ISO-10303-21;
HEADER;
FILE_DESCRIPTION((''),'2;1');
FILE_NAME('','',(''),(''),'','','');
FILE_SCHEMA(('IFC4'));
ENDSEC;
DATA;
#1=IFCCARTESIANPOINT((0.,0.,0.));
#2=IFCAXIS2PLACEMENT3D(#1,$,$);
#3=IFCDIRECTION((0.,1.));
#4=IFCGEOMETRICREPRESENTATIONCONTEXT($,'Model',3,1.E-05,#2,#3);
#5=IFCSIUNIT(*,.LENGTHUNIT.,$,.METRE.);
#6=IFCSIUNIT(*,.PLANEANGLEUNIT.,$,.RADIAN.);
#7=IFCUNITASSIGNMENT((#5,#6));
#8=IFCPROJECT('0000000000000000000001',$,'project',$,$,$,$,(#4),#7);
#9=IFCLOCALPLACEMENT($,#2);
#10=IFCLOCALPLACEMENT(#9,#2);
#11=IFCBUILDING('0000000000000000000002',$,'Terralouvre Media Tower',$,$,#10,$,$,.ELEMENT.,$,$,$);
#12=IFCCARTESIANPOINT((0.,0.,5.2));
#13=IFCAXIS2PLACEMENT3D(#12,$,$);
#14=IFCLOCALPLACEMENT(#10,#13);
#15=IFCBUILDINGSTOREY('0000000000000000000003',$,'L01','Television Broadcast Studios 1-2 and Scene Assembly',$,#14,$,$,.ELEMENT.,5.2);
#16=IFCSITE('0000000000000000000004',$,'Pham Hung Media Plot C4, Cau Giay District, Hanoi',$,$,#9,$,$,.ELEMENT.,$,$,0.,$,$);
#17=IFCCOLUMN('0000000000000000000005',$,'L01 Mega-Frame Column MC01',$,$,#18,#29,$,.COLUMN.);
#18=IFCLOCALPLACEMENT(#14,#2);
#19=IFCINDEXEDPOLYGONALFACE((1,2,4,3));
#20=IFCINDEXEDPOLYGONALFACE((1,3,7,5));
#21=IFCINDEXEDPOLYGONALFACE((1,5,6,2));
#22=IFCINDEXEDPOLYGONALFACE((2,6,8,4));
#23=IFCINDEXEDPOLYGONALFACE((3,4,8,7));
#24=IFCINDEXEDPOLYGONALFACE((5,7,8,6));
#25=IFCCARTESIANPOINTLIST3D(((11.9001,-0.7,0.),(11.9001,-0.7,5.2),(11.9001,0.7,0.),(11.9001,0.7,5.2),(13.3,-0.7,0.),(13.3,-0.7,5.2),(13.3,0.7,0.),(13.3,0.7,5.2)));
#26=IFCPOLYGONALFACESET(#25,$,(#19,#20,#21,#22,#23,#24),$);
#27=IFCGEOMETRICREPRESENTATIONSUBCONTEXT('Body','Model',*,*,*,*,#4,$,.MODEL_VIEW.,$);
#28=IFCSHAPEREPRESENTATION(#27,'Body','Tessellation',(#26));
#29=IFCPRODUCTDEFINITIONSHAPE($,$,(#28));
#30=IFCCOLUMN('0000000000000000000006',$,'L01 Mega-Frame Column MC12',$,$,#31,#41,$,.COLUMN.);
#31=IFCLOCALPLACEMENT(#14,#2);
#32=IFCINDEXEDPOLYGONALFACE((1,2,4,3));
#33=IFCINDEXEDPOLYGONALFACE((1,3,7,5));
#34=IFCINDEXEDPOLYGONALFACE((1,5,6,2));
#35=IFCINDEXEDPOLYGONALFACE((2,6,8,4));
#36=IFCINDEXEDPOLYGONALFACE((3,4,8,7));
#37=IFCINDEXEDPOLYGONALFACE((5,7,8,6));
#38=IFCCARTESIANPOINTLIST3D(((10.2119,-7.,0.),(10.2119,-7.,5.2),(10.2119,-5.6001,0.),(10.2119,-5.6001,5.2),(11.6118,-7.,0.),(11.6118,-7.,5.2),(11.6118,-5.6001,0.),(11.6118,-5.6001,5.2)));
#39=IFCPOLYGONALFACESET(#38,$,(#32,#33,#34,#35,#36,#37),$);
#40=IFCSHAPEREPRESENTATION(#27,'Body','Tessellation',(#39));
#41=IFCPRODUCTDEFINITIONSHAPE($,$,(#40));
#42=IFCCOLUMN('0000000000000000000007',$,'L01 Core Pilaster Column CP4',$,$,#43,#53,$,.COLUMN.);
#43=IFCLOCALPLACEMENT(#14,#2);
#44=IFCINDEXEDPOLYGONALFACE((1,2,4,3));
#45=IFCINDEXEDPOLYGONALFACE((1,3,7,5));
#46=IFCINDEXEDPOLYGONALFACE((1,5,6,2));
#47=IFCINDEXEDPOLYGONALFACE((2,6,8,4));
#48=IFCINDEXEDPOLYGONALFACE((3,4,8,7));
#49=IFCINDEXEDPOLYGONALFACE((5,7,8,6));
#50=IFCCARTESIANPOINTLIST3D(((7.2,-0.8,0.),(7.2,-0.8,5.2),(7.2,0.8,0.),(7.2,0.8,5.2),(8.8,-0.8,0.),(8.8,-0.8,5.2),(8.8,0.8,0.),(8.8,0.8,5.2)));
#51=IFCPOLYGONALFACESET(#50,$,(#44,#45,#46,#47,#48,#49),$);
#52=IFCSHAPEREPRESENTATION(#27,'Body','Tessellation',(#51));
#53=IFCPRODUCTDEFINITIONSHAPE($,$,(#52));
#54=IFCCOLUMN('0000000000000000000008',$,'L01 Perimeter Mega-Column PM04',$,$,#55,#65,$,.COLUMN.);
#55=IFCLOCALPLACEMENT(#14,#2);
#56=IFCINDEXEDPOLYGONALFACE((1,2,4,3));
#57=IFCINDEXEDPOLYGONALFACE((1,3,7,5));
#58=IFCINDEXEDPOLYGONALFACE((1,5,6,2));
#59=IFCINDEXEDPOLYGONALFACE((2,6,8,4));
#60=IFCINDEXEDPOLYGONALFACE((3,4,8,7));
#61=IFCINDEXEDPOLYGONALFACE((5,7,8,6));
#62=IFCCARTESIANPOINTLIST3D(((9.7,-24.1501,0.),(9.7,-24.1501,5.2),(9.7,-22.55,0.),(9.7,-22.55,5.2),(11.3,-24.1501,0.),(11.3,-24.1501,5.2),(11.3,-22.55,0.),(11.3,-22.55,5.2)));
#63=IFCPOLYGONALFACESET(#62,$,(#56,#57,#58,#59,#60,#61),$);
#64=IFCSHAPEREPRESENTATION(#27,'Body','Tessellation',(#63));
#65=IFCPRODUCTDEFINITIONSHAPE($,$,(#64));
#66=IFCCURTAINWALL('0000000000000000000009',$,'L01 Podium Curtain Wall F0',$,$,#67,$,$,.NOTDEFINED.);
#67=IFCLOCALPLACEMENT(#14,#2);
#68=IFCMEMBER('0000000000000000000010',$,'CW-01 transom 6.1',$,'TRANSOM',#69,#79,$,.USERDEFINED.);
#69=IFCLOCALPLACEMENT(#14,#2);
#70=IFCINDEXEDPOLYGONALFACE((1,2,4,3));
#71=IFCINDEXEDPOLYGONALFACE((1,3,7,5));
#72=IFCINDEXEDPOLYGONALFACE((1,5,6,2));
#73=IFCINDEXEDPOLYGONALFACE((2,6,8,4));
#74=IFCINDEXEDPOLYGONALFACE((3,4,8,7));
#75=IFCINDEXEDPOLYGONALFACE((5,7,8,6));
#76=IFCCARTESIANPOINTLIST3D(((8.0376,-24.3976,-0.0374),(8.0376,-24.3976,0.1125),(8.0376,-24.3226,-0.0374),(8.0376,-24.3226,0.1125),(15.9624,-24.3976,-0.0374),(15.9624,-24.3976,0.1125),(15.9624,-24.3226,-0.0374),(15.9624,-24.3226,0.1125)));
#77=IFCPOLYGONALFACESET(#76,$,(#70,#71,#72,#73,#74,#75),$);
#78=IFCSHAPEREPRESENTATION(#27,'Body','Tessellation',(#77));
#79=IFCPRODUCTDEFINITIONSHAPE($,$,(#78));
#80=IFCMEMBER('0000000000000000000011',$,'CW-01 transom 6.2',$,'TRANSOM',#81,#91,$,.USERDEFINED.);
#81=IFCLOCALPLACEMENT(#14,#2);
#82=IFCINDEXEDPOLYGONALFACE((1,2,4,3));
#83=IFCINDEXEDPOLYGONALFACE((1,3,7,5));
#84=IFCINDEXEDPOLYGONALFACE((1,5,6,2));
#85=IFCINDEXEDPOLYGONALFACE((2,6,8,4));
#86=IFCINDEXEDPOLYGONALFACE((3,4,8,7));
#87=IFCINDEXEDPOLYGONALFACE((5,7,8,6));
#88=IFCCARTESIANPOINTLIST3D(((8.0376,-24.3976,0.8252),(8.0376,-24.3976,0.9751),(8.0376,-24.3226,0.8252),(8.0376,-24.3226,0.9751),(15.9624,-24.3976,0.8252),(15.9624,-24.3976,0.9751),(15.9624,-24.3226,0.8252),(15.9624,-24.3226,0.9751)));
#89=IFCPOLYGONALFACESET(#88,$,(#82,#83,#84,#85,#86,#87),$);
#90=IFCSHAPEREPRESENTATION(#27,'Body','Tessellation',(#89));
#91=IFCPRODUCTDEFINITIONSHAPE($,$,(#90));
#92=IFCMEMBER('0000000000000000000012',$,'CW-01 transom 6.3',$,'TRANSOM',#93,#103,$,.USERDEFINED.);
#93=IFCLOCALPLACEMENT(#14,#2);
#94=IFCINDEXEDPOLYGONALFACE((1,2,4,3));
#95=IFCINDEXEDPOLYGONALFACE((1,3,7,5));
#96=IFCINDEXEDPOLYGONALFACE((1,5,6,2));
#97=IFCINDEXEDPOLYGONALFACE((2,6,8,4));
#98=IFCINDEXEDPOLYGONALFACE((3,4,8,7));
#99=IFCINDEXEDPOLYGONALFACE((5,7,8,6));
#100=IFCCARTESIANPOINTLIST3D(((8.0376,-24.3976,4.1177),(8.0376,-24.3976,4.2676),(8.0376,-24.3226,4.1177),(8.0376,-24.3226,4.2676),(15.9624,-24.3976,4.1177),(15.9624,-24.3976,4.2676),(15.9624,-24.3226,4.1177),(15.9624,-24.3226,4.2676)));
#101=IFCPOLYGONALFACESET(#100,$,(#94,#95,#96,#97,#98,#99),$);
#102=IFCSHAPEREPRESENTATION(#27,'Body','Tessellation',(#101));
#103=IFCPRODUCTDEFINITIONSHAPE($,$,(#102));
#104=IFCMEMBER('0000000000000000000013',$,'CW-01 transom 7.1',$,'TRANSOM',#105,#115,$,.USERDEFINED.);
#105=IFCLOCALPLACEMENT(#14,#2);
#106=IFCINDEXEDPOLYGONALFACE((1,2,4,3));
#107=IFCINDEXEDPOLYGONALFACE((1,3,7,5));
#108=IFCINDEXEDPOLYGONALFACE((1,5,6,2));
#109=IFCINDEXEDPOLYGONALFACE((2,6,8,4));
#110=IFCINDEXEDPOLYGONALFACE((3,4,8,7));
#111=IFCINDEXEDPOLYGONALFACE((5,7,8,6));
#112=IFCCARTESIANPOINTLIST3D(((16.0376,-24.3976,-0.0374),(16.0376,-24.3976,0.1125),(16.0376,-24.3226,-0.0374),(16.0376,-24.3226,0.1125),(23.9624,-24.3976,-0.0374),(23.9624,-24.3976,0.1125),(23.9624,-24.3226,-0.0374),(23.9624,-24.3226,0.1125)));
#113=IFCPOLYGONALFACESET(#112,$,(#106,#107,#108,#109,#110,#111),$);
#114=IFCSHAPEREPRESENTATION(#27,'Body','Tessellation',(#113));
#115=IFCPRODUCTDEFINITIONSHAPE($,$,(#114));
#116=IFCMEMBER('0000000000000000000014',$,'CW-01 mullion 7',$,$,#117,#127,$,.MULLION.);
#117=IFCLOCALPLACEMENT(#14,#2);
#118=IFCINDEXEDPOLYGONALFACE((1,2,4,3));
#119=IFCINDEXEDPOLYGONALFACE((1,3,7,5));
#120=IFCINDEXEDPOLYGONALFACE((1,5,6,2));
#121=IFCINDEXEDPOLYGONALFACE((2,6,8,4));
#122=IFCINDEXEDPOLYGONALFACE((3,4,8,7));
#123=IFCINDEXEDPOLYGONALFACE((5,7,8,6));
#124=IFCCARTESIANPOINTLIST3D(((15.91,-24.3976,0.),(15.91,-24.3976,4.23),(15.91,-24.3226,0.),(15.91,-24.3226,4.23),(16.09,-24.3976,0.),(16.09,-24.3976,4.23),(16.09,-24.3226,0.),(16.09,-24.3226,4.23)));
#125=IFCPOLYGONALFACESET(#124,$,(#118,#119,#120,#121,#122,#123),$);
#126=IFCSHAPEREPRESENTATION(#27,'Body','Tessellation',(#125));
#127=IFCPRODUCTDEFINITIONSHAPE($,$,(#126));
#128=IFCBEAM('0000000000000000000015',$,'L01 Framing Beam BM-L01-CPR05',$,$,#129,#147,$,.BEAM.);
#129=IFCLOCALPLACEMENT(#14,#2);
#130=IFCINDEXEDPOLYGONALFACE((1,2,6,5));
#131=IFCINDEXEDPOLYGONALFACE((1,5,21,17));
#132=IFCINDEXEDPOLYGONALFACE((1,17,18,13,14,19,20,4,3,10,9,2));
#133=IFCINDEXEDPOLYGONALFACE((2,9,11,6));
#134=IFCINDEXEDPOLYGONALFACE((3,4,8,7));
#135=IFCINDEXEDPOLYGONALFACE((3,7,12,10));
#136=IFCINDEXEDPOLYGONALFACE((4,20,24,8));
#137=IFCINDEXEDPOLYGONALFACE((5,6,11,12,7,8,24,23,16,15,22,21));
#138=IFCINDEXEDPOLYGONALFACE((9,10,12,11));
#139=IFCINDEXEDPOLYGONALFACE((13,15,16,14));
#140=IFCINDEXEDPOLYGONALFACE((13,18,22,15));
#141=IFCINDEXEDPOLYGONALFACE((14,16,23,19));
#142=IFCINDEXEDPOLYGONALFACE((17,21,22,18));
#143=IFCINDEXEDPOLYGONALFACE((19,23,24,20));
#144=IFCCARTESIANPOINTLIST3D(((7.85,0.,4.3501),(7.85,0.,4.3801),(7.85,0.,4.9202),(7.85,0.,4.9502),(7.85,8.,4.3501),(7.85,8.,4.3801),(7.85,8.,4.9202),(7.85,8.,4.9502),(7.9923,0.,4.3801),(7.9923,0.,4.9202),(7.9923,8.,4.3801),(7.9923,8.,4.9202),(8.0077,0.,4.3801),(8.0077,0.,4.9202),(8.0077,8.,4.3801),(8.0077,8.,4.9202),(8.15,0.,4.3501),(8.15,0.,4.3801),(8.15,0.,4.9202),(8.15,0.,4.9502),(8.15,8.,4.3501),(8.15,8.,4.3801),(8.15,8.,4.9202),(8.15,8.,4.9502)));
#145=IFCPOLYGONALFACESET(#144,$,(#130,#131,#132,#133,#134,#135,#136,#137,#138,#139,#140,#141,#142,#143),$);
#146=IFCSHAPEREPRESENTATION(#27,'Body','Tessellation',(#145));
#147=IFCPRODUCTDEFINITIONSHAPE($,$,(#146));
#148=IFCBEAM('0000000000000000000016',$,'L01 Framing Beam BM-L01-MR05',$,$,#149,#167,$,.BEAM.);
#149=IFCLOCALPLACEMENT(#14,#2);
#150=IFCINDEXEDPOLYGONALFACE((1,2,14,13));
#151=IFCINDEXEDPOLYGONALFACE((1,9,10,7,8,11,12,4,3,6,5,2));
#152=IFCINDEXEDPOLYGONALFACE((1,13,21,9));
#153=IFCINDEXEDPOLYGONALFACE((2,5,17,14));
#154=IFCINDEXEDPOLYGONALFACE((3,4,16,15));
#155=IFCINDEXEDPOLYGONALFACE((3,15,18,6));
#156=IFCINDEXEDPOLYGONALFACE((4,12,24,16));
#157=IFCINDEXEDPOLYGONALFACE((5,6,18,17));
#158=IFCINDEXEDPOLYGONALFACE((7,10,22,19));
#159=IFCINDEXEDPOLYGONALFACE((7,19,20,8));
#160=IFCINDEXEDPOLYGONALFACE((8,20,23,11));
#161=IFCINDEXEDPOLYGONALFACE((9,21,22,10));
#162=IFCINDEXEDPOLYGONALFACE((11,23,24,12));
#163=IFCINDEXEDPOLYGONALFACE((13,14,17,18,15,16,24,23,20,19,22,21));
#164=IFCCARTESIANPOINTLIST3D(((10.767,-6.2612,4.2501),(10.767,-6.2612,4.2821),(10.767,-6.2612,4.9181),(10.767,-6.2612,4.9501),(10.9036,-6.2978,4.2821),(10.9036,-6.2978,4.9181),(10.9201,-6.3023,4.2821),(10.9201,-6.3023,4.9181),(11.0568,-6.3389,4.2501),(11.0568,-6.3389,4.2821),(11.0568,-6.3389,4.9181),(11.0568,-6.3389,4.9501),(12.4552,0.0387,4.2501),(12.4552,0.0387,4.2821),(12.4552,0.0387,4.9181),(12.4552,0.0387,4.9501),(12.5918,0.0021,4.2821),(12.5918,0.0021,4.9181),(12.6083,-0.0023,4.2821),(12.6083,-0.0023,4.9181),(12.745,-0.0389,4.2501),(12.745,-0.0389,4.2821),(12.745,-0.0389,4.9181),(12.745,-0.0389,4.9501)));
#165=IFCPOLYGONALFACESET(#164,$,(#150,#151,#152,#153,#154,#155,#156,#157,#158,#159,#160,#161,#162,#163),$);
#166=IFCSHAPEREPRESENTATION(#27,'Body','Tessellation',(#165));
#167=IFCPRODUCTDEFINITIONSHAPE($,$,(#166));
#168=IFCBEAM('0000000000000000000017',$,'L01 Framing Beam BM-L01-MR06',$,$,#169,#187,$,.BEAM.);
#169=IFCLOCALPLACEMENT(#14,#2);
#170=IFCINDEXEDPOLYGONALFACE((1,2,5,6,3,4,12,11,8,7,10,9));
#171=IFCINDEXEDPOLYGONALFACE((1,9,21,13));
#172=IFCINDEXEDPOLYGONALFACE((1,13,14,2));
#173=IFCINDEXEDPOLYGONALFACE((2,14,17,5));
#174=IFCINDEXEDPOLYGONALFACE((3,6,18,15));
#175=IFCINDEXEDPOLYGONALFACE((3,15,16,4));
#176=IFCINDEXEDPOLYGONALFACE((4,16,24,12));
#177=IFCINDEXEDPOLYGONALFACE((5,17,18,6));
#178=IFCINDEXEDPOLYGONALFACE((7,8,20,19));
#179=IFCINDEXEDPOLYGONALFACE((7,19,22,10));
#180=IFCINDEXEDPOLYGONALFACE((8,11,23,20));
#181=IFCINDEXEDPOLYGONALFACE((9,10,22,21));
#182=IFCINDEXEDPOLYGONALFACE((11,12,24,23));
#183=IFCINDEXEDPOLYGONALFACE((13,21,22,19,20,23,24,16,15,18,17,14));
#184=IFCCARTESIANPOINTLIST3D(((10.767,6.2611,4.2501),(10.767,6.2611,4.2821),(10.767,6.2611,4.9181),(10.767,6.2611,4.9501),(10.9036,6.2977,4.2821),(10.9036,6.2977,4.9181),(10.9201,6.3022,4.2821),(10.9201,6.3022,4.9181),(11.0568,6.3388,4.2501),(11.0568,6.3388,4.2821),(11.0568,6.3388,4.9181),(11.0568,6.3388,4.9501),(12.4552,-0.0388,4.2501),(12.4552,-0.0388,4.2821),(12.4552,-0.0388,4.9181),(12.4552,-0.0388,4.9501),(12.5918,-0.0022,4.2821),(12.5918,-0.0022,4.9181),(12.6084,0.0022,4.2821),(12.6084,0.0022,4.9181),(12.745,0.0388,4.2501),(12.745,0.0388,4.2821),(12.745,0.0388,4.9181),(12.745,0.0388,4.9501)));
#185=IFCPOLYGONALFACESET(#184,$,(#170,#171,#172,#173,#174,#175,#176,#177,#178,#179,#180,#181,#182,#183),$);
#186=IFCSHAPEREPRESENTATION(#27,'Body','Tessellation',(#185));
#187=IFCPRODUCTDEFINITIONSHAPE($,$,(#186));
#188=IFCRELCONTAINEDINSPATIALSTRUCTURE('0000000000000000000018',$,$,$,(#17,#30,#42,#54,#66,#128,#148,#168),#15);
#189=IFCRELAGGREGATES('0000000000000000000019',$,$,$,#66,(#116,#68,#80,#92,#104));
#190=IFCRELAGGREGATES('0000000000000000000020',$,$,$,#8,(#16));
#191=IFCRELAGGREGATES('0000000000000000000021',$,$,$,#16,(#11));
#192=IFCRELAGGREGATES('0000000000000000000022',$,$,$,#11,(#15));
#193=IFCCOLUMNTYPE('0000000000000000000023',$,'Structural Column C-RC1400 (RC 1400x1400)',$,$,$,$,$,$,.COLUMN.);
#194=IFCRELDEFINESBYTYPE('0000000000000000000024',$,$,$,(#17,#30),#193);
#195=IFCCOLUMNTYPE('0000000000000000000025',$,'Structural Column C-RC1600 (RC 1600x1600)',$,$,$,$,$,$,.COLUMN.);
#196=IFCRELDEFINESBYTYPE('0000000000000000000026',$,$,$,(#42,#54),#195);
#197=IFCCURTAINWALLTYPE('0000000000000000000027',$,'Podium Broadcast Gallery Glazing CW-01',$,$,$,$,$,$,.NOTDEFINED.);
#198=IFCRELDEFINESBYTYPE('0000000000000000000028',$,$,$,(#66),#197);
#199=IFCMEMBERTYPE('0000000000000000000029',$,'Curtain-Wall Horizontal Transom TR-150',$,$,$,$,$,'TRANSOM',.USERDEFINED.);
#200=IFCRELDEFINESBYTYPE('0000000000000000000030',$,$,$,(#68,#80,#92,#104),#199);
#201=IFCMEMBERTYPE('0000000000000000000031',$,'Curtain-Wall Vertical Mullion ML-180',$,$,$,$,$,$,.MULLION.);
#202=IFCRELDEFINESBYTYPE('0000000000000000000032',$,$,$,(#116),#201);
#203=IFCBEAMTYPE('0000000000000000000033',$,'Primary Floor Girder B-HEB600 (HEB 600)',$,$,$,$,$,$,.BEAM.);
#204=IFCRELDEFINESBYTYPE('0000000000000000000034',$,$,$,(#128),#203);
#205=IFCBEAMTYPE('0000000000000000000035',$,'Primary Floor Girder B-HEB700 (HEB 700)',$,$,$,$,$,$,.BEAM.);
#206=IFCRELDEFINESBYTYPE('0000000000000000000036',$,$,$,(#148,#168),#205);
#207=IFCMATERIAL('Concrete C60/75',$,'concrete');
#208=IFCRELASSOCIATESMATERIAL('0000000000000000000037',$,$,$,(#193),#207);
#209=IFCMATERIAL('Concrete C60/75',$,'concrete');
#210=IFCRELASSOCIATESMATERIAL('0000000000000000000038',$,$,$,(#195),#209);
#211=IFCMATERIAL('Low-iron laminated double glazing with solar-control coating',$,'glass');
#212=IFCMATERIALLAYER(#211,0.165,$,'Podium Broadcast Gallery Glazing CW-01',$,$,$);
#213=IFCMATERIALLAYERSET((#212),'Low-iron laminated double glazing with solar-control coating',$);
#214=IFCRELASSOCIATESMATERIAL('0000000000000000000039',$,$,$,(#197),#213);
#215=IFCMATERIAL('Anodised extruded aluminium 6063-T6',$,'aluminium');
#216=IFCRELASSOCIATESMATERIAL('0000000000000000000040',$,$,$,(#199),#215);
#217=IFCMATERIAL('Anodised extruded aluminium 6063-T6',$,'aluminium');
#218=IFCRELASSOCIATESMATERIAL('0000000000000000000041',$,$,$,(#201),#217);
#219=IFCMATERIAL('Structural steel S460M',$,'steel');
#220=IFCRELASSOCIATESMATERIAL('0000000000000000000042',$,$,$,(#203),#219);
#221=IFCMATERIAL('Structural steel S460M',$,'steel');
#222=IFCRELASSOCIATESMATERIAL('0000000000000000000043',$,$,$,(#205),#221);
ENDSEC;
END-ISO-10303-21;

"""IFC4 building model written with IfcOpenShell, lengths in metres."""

from ifc_helpers import new_model, si_unit, direction, frame, origin, origin_2d, place, context, subcontext, project, spatial, rectangle, i_section, extrude, material, layer, layer_set, material_profile, profile_set, type_object, element, aggregate, save


model = new_model("IFC4")

# Units and contexts
model_context = context("Model", 3, precision=1e-05, world=origin(), true_north=direction((0.0, 1.0)))
body_context = subcontext(model_context, "Body", "Model", "MODEL_VIEW")
ifc_project = project(units=[si_unit("LENGTHUNIT", "METRE"), si_unit("PLANEANGLEUNIT", "RADIAN")], contexts=[model_context])

# Site, building, storey
site_placement = place(None, origin())
site = spatial("IfcSite", under=ifc_project, at=site_placement, Name="Pham Hung Media Plot C4, Cau Giay District, Hanoi", CompositionType="ELEMENT", RefElevation=0.0)
building_placement = place(site_placement, origin())
building = spatial("IfcBuilding", under=site, at=building_placement, Name="Terralouvre Media Tower", CompositionType="ELEMENT")
storey_placement = place(building_placement, frame((0.0, 0.0, 5.2)))
storey = spatial("IfcBuildingStorey", under=building, at=storey_placement, Name="L01", Description="Television Broadcast Studios 1-2 and Scene Assembly", CompositionType="ELEMENT", Elevation=5.2)

# Columns
ifc_material_1 = material(Name="Concrete C60/75", Category="concrete")
ifc_material_profile_1 = material_profile(ifc_material_1, rectangle(XDim=1.3999, YDim=1.3999, at=origin_2d()), Name="RC 1400x1400")
ifc_profile_set_1 = profile_set([ifc_material_profile_1], Name="Concrete C60/75")
column_type_1 = type_object("IfcColumnType", Name="Structural Column C-RC1400 (RC 1400x1400)", PredefinedType="COLUMN", material=ifc_profile_set_1)
for number, where, z_axis, x_axis, name in (
    (1, (12.6001, 0.0, 0.0), (0.0, 0.0, 1.0), (1.0, 0.0, 0.0), "L01 Mega-Frame Column MC01"),
    (2, (10.9119, -6.3, 0.0), (0.0, 0.0, 1.0), (1.0, 0.0, 0.0), "L01 Mega-Frame Column MC12"),
):
    element("IfcColumn", number, at=place(storey_placement, frame(where, z_axis=z_axis, x_axis=x_axis)), inside=storey, type_object=column_type_1, Name=name, PredefinedType="COLUMN", context=body_context, shape_type="SweptSolid", body=[
        extrude(rectangle(XDim=1.3999, YDim=1.3999, at=origin_2d()), origin(), (0.0, 0.0, 1.0), 5.2),
    ])
ifc_material_2 = material(Name="Concrete C60/75", Category="concrete")
ifc_material_profile_2 = material_profile(ifc_material_2, rectangle(XDim=1.6001, YDim=1.6001, at=origin_2d()), Name="RC 1600x1600")
ifc_profile_set_2 = profile_set([ifc_material_profile_2], Name="Concrete C60/75")
column_type_2 = type_object("IfcColumnType", Name="Structural Column C-RC1600 (RC 1600x1600)", PredefinedType="COLUMN", material=ifc_profile_set_2)
for number, where, z_axis, x_axis, name in (
    (3, (8.0, 0.0, 0.0), (0.0, 0.0, 1.0), (1.0, 0.0, 0.0), "L01 Core Pilaster Column CP4"),
    (4, (10.5, -23.3501, 0.0), (0.0, 0.0, 1.0), (1.0, 0.0, 0.0), "L01 Perimeter Mega-Column PM04"),
):
    element("IfcColumn", number, at=place(storey_placement, frame(where, z_axis=z_axis, x_axis=x_axis)), inside=storey, type_object=column_type_2, Name=name, PredefinedType="COLUMN", context=body_context, shape_type="SweptSolid", body=[
        extrude(rectangle(XDim=1.6001, YDim=1.6001, at=origin_2d()), origin(), (0.0, 0.0, 1.0), 5.2),
    ])

# Curtain wall, members
ifc_material_3 = material(Name="Low-iron laminated double glazing with solar-control coating", Category="glass")
ifc_layer_1 = layer(ifc_material_3, 0.165, Name="Podium Broadcast Gallery Glazing CW-01")
ifc_layer_set_1 = layer_set([ifc_layer_1], Name="Low-iron laminated double glazing with solar-control coating")
curtain_wall_type = type_object("IfcCurtainWallType", Name="Podium Broadcast Gallery Glazing CW-01", PredefinedType="NOTDEFINED", material=ifc_layer_set_1)
curtain_wall_placement = place(storey_placement, origin())
curtain_wall = element("IfcCurtainWall", 5, at=curtain_wall_placement, inside=storey, type_object=curtain_wall_type, Name="L01 Podium Curtain Wall F0", PredefinedType="NOTDEFINED")
ifc_material_4 = material(Name="Anodised extruded aluminium 6063-T6", Category="aluminium")
ifc_material_profile_3 = material_profile(ifc_material_4, rectangle(XDim=0.075, YDim=0.1499, at=origin_2d()), Name="ALU 75x150")
ifc_profile_set_3 = profile_set([ifc_material_profile_3], Name="Anodised extruded aluminium 6063-T6")
member_type_1 = type_object("IfcMemberType", Name="Curtain-Wall Horizontal Transom TR-150", ElementType="TRANSOM", PredefinedType="USERDEFINED", material=ifc_profile_set_3)
member_1_placement = place(storey_placement, frame((8.0376, -24.3601, 0.0376), z_axis=(1.0, 0.0, 0.0), x_axis=(0.0, 1.0, 0.0)))
member_1 = element("IfcMember", 6, at=member_1_placement, type_object=member_type_1, Name="CW-01 transom 6.1", ObjectType="TRANSOM", PredefinedType="USERDEFINED", context=body_context, shape_type="SweptSolid", body=[
    extrude(rectangle(XDim=0.075, YDim=0.1499, at=origin_2d()), origin(), (0.0, 0.0, 1.0), 7.9248),
])
member_2_placement = place(storey_placement, frame((8.0376, -24.3601, 0.9001), z_axis=(1.0, 0.0, 0.0), x_axis=(0.0, 1.0, 0.0)))
member_2 = element("IfcMember", 7, at=member_2_placement, type_object=member_type_1, Name="CW-01 transom 6.2", ObjectType="TRANSOM", PredefinedType="USERDEFINED", context=body_context, shape_type="SweptSolid", body=[
    extrude(rectangle(XDim=0.075, YDim=0.1499, at=origin_2d()), origin(), (0.0, 0.0, 1.0), 7.9248),
])
member_3_placement = place(storey_placement, frame((8.0376, -24.3601, 4.1926), z_axis=(1.0, 0.0, 0.0), x_axis=(0.0, 1.0, 0.0)))
member_3 = element("IfcMember", 8, at=member_3_placement, type_object=member_type_1, Name="CW-01 transom 6.3", ObjectType="TRANSOM", PredefinedType="USERDEFINED", context=body_context, shape_type="SweptSolid", body=[
    extrude(rectangle(XDim=0.075, YDim=0.1499, at=origin_2d()), origin(), (0.0, 0.0, 1.0), 7.9248),
])
member_4_placement = place(storey_placement, frame((16.0376, -24.3601, 0.0376), z_axis=(1.0, 0.0, 0.0), x_axis=(0.0, 1.0, 0.0)))
member_4 = element("IfcMember", 9, at=member_4_placement, type_object=member_type_1, Name="CW-01 transom 7.1", ObjectType="TRANSOM", PredefinedType="USERDEFINED", context=body_context, shape_type="SweptSolid", body=[
    extrude(rectangle(XDim=0.075, YDim=0.1499, at=origin_2d()), origin(), (0.0, 0.0, 1.0), 7.9248),
])
ifc_material_5 = material(Name="Anodised extruded aluminium 6063-T6", Category="aluminium")
ifc_material_profile_4 = material_profile(ifc_material_5, rectangle(XDim=0.075, YDim=0.1799, at=origin_2d()), Name="ALU 75x180")
ifc_profile_set_4 = profile_set([ifc_material_profile_4], Name="Anodised extruded aluminium 6063-T6")
member_type_2 = type_object("IfcMemberType", Name="Curtain-Wall Vertical Mullion ML-180", PredefinedType="MULLION", material=ifc_profile_set_4)
member_5_placement = place(storey_placement, frame((16.0, -24.3601, 0.0), z_axis=(0.0, 0.0, 1.0), x_axis=(0.0, 1.0, 0.0)))
member_5 = element("IfcMember", 10, at=member_5_placement, type_object=member_type_2, Name="CW-01 mullion 7", PredefinedType="MULLION", context=body_context, shape_type="SweptSolid", body=[
    extrude(rectangle(XDim=0.075, YDim=0.1799, at=origin_2d()), origin(), (0.0, 0.0, 1.0), 4.23),
])

# Beams
ifc_material_6 = material(Name="Structural steel S460M", Category="steel")
ifc_material_profile_5 = material_profile(ifc_material_6, i_section(OverallWidth=0.3, OverallDepth=0.6001, WebThickness=0.0154, FlangeThickness=0.03, at=origin_2d()), Name="HEB 600")
ifc_profile_set_5 = profile_set([ifc_material_profile_5], Name="Structural steel S460M")
beam_type_1 = type_object("IfcBeamType", Name="Primary Floor Girder B-HEB600 (HEB 600)", PredefinedType="BEAM", material=ifc_profile_set_5)
beam_1_placement = place(storey_placement, frame((8.0, 0.0, 4.6501), z_axis=(0.0, 1.0, 0.0), x_axis=(-1.0, 0.0, 0.0)))
element("IfcBeam", 11, at=beam_1_placement, inside=storey, type_object=beam_type_1, Name="L01 Framing Beam BM-L01-CPR05", PredefinedType="BEAM", context=body_context, shape_type="SweptSolid", body=[
    extrude(i_section(OverallWidth=0.3, OverallDepth=0.6001, WebThickness=0.0154, FlangeThickness=0.03, at=origin_2d()), origin(), (0.0, 0.0, 1.0), 8.0),
])
ifc_material_7 = material(Name="Structural steel S460M", Category="steel")
ifc_material_profile_6 = material_profile(ifc_material_7, i_section(OverallWidth=0.3, OverallDepth=0.7, WebThickness=0.0171, FlangeThickness=0.032, at=origin_2d()), Name="HEB 700")
ifc_profile_set_6 = profile_set([ifc_material_profile_6], Name="Structural steel S460M")
beam_type_2 = type_object("IfcBeamType", Name="Primary Floor Girder B-HEB700 (HEB 700)", PredefinedType="BEAM", material=ifc_profile_set_6)
for number, where, z_axis, x_axis, name in (
    (12, (10.9119, -6.3, 4.6001), (0.258839, 0.96592, 0.0), (-0.96592, 0.258839, 0.0), "L01 Framing Beam BM-L01-MR05"),
    (13, (12.6001, 0.0, 4.6001), (-0.258839, 0.96592, 0.0), (-0.96592, -0.258839, 0.0), "L01 Framing Beam BM-L01-MR06"),
):
    element("IfcBeam", number, at=place(storey_placement, frame(where, z_axis=z_axis, x_axis=x_axis)), inside=storey, type_object=beam_type_2, Name=name, PredefinedType="BEAM", context=body_context, shape_type="SweptSolid", body=[
        extrude(i_section(OverallWidth=0.3, OverallDepth=0.7, WebThickness=0.0171, FlangeThickness=0.032, at=origin_2d()), origin(), (0.0, 0.0, 1.0), 6.5222),
    ])

aggregate(curtain_wall, [member_5, member_1, member_2, member_3, member_4])

save(model, "model.ifc")
